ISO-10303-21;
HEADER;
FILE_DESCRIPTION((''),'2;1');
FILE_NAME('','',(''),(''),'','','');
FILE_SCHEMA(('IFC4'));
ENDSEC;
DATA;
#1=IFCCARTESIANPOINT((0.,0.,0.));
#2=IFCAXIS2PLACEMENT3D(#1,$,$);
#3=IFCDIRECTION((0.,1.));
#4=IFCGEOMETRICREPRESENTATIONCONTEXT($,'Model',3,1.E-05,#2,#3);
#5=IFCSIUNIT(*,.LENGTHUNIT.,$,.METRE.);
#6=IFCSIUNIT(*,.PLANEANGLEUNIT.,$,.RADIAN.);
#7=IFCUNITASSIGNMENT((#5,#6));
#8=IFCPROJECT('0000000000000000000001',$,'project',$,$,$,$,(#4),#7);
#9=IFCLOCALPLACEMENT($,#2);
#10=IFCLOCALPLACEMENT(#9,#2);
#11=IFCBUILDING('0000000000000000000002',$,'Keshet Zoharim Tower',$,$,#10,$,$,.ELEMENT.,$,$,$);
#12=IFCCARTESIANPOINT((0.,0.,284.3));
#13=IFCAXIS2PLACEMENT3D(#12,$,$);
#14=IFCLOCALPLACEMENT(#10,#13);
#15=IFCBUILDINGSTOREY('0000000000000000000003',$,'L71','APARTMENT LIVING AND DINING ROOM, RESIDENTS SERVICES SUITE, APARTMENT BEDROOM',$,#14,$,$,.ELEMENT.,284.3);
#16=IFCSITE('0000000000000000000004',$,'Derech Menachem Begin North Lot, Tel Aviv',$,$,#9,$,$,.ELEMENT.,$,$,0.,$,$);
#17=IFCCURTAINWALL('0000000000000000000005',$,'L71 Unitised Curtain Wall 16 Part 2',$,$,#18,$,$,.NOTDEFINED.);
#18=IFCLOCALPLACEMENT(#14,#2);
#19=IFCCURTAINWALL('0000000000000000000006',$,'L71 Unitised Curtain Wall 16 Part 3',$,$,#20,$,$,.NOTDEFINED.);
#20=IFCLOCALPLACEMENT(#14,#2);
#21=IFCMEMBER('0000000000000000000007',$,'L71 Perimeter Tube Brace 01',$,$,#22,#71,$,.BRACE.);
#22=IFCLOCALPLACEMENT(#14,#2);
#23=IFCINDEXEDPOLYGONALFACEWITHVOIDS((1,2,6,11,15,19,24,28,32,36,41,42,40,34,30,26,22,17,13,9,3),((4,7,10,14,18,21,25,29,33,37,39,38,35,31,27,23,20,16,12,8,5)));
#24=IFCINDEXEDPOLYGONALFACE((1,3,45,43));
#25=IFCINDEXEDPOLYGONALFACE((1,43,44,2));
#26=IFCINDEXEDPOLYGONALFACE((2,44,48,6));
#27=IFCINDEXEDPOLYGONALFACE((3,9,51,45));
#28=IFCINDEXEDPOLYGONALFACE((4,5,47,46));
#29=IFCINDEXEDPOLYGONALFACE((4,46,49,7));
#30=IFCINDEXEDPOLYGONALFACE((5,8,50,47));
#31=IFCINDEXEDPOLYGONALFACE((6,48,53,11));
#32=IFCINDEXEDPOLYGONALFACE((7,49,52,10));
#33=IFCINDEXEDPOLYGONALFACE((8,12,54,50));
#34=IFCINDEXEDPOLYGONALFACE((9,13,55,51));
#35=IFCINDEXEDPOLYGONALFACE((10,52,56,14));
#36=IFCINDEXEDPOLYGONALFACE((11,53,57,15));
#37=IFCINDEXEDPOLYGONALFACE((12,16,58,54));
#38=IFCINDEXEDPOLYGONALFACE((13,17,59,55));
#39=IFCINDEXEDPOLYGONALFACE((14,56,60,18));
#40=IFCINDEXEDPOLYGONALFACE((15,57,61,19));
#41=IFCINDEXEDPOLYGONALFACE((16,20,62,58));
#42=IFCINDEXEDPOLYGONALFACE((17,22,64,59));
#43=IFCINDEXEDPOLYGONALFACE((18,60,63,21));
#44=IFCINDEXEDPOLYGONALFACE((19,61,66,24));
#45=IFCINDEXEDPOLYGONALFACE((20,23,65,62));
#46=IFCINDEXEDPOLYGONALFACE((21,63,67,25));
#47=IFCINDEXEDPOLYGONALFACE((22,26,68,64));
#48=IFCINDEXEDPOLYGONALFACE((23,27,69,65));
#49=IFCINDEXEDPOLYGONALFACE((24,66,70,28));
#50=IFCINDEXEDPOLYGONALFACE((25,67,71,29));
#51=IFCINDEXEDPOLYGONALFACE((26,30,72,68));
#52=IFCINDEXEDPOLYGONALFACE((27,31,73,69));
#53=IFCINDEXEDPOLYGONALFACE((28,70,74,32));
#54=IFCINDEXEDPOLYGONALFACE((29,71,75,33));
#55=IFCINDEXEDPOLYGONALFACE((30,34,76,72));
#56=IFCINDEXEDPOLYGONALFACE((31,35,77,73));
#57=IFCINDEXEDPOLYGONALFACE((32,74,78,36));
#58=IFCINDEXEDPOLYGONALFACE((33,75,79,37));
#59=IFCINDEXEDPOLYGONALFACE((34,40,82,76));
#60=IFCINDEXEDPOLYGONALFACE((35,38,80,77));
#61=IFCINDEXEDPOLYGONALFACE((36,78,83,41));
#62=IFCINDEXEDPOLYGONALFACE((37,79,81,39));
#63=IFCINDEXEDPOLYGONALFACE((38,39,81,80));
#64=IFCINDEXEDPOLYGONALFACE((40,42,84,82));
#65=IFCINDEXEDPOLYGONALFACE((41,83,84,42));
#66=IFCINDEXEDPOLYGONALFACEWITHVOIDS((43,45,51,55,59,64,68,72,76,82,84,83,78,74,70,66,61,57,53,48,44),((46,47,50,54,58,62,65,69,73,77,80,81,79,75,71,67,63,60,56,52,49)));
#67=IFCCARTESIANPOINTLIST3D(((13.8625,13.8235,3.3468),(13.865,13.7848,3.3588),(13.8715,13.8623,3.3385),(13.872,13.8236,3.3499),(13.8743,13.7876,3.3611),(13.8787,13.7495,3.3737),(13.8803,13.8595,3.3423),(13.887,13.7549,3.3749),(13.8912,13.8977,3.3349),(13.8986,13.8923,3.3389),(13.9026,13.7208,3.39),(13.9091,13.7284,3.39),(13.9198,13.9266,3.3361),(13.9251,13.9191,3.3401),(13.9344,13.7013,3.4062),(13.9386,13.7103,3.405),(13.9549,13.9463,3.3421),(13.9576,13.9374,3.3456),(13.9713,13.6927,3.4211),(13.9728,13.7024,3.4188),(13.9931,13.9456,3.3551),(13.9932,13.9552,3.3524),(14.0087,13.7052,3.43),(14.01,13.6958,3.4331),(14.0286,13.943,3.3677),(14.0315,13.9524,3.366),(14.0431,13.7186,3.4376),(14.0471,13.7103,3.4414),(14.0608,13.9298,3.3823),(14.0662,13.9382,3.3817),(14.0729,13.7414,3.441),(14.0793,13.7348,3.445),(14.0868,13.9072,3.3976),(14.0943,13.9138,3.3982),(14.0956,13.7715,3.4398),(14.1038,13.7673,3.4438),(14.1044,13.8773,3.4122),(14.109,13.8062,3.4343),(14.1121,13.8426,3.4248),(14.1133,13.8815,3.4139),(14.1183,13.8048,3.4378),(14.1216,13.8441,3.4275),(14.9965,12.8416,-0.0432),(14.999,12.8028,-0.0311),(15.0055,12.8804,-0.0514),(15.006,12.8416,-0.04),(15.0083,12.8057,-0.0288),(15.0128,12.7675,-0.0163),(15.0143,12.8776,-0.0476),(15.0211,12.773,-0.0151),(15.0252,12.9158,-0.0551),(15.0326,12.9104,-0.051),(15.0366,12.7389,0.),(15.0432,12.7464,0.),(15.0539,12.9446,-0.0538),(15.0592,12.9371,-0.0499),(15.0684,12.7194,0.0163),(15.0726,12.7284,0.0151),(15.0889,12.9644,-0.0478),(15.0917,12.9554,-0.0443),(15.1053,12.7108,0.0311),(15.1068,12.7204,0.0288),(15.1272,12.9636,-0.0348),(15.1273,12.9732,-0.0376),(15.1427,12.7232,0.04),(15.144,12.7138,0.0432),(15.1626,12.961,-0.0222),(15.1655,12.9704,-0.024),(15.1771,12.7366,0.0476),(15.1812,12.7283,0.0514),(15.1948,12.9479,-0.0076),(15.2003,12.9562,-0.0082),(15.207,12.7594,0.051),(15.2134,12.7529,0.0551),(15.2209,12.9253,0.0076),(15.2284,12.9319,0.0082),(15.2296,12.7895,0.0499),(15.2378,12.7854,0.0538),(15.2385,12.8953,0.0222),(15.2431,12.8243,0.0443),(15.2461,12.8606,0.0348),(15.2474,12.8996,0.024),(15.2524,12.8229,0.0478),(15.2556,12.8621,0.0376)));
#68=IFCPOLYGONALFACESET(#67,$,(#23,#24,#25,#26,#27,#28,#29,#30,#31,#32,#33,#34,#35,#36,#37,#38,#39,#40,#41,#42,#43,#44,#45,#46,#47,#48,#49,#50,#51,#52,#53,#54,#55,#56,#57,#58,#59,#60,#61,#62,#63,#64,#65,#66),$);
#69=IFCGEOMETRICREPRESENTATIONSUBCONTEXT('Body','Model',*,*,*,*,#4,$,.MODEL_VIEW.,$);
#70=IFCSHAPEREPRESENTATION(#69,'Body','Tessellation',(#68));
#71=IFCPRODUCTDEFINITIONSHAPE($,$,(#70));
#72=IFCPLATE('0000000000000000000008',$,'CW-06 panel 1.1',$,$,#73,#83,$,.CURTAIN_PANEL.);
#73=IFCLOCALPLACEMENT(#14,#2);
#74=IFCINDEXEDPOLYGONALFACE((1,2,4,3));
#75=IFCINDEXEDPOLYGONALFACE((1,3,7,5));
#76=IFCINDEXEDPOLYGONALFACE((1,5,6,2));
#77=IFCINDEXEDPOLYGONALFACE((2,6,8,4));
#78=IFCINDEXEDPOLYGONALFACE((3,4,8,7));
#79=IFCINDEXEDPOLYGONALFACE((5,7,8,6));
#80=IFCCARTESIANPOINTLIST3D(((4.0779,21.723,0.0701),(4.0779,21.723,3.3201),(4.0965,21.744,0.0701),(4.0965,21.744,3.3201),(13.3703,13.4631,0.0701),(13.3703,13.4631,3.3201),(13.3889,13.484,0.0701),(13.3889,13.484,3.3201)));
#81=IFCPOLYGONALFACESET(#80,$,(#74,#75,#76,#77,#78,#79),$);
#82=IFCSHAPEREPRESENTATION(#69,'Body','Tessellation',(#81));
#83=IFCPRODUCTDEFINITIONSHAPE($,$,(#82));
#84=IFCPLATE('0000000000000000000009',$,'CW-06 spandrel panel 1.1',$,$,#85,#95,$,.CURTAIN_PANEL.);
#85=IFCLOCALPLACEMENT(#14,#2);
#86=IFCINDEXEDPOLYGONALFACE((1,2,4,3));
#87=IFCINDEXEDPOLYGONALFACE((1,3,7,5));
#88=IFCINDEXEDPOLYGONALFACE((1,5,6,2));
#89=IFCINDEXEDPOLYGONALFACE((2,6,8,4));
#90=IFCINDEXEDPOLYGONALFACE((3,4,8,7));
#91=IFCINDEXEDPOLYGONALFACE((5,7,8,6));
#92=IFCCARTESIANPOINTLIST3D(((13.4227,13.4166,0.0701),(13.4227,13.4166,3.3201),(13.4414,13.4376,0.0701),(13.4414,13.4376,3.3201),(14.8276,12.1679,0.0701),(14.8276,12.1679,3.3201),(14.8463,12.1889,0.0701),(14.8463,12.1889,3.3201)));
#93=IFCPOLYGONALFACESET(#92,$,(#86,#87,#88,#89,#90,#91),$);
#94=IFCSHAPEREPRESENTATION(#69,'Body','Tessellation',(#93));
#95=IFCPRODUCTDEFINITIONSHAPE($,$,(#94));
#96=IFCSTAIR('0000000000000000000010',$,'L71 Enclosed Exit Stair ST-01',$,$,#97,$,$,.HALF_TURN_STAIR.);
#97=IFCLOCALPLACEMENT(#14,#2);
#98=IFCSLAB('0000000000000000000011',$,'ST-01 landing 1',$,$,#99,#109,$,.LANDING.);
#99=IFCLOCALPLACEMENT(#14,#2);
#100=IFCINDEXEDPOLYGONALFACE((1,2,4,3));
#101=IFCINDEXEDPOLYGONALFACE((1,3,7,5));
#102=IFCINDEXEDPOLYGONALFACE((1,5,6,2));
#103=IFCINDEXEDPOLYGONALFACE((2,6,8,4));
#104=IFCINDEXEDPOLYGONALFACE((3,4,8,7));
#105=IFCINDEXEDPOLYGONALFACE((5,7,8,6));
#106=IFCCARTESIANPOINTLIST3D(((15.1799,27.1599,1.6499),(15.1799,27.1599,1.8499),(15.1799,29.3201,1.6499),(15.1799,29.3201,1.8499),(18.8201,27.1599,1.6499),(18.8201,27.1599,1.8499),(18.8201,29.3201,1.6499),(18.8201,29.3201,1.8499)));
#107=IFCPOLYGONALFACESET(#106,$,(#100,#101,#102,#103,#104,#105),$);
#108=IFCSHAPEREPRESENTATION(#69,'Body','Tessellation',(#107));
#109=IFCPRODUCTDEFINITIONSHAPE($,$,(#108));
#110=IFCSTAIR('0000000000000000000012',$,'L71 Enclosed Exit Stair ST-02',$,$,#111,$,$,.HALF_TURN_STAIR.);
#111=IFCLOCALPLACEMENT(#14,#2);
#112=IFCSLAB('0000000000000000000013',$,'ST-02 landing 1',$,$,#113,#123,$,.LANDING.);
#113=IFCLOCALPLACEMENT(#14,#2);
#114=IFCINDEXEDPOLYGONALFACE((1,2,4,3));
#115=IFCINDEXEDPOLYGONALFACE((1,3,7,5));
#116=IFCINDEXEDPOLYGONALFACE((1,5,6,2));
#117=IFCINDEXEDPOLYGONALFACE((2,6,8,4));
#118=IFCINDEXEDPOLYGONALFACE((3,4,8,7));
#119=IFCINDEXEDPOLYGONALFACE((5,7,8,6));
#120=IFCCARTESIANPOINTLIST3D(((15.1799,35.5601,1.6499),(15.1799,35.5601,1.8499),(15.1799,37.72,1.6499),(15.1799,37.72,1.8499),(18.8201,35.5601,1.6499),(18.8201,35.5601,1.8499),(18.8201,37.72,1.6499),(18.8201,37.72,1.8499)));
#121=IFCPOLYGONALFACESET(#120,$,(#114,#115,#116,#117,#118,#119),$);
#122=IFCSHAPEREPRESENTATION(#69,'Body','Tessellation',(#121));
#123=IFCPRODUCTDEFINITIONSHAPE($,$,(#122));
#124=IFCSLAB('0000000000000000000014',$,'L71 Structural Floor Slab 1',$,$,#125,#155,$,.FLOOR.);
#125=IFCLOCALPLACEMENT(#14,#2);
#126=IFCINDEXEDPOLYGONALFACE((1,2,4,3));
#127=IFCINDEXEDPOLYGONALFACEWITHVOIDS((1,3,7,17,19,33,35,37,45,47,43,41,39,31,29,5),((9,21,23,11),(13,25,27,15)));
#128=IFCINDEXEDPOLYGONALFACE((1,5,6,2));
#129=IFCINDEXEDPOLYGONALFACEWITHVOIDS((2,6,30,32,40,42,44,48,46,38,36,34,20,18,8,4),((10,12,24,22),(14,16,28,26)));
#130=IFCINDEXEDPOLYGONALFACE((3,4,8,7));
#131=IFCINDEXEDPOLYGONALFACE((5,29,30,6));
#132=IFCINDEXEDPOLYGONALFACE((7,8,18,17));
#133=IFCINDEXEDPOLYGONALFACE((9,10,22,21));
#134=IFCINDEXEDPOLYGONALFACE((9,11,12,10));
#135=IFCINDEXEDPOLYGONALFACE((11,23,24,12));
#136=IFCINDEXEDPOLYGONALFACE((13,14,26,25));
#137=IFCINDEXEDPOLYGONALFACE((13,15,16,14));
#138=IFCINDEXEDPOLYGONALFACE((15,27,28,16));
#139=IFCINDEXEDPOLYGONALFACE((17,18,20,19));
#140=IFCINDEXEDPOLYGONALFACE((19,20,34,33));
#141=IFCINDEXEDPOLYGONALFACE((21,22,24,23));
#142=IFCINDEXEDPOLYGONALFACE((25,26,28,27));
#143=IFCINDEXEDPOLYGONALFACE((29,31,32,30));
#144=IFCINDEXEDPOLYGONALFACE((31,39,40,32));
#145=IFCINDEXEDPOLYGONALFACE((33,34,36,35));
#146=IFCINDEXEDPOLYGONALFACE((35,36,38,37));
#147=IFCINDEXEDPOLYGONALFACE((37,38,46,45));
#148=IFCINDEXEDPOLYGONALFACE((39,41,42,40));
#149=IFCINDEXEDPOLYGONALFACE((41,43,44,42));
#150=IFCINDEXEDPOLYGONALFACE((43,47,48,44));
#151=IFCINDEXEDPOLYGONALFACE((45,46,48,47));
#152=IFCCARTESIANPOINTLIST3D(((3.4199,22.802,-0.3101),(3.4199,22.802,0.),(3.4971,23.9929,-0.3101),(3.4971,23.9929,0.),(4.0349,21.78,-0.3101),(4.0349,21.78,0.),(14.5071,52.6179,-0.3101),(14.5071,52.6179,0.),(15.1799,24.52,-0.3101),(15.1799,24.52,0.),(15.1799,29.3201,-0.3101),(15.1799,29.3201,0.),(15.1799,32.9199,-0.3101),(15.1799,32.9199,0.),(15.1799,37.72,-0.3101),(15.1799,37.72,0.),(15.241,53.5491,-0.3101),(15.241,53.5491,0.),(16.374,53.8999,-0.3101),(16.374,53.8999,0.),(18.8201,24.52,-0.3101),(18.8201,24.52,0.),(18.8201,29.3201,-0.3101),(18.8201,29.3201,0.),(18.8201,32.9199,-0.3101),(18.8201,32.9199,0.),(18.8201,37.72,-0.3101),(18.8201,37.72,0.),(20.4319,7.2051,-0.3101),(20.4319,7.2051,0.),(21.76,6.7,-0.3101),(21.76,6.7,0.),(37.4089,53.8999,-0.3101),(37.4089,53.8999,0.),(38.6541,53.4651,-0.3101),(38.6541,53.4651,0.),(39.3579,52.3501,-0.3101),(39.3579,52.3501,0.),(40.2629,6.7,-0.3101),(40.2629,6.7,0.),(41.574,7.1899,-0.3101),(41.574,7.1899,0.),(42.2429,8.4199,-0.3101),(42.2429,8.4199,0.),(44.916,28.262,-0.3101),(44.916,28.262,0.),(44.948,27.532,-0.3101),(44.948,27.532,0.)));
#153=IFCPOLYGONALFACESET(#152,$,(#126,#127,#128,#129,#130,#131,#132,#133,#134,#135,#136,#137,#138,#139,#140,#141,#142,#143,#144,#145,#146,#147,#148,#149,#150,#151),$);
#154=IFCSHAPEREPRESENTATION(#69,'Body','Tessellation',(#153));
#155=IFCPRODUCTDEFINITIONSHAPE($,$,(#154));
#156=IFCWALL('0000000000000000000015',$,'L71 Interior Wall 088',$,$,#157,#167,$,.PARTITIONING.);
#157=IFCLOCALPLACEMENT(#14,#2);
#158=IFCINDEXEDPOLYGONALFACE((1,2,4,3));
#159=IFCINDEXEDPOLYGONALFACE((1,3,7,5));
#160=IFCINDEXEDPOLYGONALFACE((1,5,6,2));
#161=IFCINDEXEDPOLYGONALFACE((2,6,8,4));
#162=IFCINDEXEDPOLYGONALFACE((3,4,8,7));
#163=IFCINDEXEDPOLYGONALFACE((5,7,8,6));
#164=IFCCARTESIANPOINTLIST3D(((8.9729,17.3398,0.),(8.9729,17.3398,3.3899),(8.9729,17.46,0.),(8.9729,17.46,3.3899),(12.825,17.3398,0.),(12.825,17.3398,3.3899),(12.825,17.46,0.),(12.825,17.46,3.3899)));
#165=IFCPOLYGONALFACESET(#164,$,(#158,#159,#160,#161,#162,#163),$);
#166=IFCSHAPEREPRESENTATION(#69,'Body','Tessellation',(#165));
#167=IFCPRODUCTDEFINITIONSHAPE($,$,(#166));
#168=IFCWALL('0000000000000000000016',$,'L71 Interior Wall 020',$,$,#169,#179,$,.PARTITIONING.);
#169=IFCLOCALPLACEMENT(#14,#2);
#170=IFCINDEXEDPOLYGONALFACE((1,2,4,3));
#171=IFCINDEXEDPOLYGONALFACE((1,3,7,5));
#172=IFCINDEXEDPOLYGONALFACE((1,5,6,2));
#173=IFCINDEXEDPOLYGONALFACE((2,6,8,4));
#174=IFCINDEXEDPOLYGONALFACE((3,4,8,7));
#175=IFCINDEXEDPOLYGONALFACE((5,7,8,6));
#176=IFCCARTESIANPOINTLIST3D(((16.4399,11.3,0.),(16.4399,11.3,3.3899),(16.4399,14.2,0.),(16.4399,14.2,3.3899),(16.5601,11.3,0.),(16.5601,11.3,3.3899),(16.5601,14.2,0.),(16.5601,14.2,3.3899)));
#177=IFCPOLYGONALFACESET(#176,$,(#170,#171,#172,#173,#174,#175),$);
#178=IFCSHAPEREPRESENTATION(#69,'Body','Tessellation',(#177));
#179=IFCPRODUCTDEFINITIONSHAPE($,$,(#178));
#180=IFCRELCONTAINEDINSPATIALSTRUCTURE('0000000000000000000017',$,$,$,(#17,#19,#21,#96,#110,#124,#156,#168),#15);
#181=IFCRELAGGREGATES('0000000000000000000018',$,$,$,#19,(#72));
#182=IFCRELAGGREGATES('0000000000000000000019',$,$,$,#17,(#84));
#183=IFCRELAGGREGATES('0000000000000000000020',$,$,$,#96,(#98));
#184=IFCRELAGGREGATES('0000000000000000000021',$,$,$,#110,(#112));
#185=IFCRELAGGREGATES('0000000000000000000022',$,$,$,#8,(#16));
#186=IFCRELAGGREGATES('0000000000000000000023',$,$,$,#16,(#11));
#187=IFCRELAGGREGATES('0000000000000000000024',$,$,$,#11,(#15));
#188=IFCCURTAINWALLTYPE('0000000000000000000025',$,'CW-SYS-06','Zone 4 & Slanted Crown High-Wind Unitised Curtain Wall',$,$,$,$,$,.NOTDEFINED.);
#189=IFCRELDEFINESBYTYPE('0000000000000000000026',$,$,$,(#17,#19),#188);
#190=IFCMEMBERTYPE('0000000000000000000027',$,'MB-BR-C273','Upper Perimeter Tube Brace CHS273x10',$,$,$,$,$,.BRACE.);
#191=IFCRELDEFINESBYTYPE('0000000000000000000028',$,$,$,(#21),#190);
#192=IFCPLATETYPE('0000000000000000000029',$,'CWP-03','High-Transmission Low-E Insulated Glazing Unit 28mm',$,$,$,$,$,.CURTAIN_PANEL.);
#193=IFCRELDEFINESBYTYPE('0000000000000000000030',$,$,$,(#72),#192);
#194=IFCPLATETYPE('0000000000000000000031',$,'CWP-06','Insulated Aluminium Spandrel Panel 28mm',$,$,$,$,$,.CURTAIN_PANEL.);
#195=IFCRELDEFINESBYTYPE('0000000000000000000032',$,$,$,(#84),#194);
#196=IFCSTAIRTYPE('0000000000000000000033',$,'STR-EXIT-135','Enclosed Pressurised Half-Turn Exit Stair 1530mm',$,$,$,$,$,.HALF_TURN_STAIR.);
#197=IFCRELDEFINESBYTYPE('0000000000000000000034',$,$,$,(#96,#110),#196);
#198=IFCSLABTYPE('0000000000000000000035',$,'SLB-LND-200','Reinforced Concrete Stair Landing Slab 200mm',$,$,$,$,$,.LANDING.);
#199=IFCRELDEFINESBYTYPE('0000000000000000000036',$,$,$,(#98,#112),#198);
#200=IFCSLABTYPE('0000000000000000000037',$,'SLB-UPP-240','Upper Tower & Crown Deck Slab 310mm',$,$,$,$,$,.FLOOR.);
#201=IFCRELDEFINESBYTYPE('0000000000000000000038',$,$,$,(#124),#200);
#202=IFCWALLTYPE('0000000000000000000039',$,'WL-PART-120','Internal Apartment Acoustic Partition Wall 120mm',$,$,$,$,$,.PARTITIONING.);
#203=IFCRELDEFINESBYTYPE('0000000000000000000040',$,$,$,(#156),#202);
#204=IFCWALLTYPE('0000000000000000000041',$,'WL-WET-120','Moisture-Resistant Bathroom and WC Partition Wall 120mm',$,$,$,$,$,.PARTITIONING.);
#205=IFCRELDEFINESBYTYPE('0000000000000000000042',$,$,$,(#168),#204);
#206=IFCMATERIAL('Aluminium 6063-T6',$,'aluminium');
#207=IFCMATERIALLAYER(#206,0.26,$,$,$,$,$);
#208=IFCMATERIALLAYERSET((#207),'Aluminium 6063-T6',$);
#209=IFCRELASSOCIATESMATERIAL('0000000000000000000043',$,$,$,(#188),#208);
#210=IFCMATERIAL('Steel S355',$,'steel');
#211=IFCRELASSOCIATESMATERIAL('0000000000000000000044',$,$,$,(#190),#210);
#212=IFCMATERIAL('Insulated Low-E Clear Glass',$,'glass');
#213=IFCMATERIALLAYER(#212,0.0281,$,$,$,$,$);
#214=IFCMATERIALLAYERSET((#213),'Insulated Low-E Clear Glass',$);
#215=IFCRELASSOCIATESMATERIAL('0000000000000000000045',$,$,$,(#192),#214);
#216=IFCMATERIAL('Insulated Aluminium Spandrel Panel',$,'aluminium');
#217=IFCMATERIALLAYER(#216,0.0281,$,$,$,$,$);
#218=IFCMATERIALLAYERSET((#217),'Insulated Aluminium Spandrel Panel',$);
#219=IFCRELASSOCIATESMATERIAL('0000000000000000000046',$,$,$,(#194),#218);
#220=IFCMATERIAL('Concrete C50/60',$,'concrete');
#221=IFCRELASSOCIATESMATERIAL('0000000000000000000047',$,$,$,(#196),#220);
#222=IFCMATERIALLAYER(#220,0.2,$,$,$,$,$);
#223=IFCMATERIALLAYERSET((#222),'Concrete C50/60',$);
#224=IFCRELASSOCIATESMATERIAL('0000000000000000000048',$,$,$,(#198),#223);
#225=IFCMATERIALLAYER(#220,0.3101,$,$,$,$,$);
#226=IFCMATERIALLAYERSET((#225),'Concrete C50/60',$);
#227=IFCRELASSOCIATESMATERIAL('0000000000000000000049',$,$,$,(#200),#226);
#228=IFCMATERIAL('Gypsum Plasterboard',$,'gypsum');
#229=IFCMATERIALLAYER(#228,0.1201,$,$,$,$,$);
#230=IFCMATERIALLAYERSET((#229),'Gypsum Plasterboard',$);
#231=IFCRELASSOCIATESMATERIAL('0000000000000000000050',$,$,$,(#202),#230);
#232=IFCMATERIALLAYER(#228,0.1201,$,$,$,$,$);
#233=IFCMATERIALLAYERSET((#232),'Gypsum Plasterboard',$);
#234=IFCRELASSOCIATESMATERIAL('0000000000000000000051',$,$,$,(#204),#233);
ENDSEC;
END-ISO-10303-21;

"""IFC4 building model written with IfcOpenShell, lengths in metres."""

from ifc_helpers import new_model, si_unit, direction, frame, frame_2d, origin, origin_2d, place, context, subcontext, project, spatial, polyline, rectangle, hollow_circle, outline, extrude, material, layer, layer_set, material_profile, profile_set, type_object, element, aggregate, save


model = new_model("IFC4")

# Units and contexts
model_context = context("Model", 3, precision=1e-05, world=origin(), true_north=direction((0.0, 1.0)))
body_context = subcontext(model_context, "Body", "Model", "MODEL_VIEW")
ifc_project = project(units=[si_unit("LENGTHUNIT", "METRE"), si_unit("PLANEANGLEUNIT", "RADIAN")], contexts=[model_context])

# Site, building, storey
site_placement = place(None, origin())
site = spatial("IfcSite", under=ifc_project, at=site_placement, Name="Derech Menachem Begin North Lot, Tel Aviv", CompositionType="ELEMENT", RefElevation=0.0)
building_placement = place(site_placement, origin())
building = spatial("IfcBuilding", under=site, at=building_placement, Name="Keshet Zoharim Tower", CompositionType="ELEMENT")
storey_placement = place(building_placement, frame((0.0, 0.0, 284.3)))
storey = spatial("IfcBuildingStorey", under=building, at=storey_placement, Name="L71", Description="APARTMENT LIVING AND DINING ROOM, RESIDENTS SERVICES SUITE, APARTMENT BEDROOM", CompositionType="ELEMENT", Elevation=284.3)

# Shared definitions
ifc_material_1 = material(Name="Steel S355", Category="steel")

# Shared definitions
ifc_material_2 = material(Name="Aluminium 6063-T6", Category="aluminium")
ifc_layer_1 = layer(ifc_material_2, 0.26)
ifc_layer_set_1 = layer_set([ifc_layer_1], Name="Aluminium 6063-T6")
curtain_wall_type = type_object("IfcCurtainWallType", Name="CW-SYS-06", Description="Zone 4 & Slanted Crown High-Wind Unitised Curtain Wall", PredefinedType="NOTDEFINED", material=ifc_layer_set_1)

# Curtain walls
curtain_wall_1_placement = place(storey_placement, origin())
curtain_wall_1 = element("IfcCurtainWall", 1, at=curtain_wall_1_placement, inside=storey, type_object=curtain_wall_type, Name="L71 Unitised Curtain Wall 16 Part 2", PredefinedType="NOTDEFINED")
curtain_wall_2_placement = place(storey_placement, origin())
curtain_wall_2 = element("IfcCurtainWall", 2, at=curtain_wall_2_placement, inside=storey, type_object=curtain_wall_type, Name="L71 Unitised Curtain Wall 16 Part 3", PredefinedType="NOTDEFINED")

# Member
ifc_material_profile_1 = material_profile(ifc_material_1, hollow_circle(Radius=0.1365, WallThickness=0.01, at=origin_2d()), Name="CHS273x10")
ifc_profile_set_1 = profile_set([ifc_material_profile_1], Name="Steel S355")
member_type_1 = type_object("IfcMemberType", Name="MB-BR-C273", Description="Upper Perimeter Tube Brace CHS273x10", PredefinedType="BRACE", material=ifc_profile_set_1)
member_1_placement = place(storey_placement, frame((15.126, 12.842, 0.0), z_axis=(-0.30592, 0.264889, 0.914466), x_axis=(-0.65459, -0.755984, 0.0)))
element("IfcMember", 3, at=member_1_placement, inside=storey, type_object=member_type_1, Name="L71 Perimeter Tube Brace 01", PredefinedType="BRACE", context=body_context, shape_type="SweptSolid", body=[
    extrude(hollow_circle(Radius=0.1365, WallThickness=0.01, at=origin_2d()), origin(), (0.0, 0.0, 1.0), 3.707),
])

# Plates
ifc_material_3 = material(Name="Insulated Low-E Clear Glass", Category="glass")
ifc_layer_2 = layer(ifc_material_3, 0.0281)
ifc_layer_set_2 = layer_set([ifc_layer_2], Name="Insulated Low-E Clear Glass")
plate_type_1 = type_object("IfcPlateType", Name="CWP-03", Description="High-Transmission Low-E Insulated Glazing Unit 28mm", PredefinedType="CURTAIN_PANEL", material=ifc_layer_set_2)
plate_1_placement = place(storey_placement, frame((8.7334, 17.6035, 0.0701), z_axis=(0.0, 0.0, 1.0), x_axis=(-0.747409, 0.664364, 0.0)))
plate_1 = element("IfcPlate", 4, at=plate_1_placement, type_object=plate_type_1, Name="CW-06 panel 1.1", PredefinedType="CURTAIN_PANEL", context=body_context, shape_type="SweptSolid", body=[
    extrude(rectangle(XDim=12.4329, YDim=0.0281, at=origin_2d()), origin(), (0.0, 0.0, 1.0), 3.25),
])
aggregate(curtain_wall_2, [plate_1])
ifc_material_4 = material(Name="Insulated Aluminium Spandrel Panel", Category="aluminium")
ifc_layer_3 = layer(ifc_material_4, 0.0281)
ifc_layer_set_3 = layer_set([ifc_layer_3], Name="Insulated Aluminium Spandrel Panel")
plate_type_2 = type_object("IfcPlateType", Name="CWP-06", Description="Insulated Aluminium Spandrel Panel 28mm", PredefinedType="CURTAIN_PANEL", material=ifc_layer_set_3)
plate_2_placement = place(storey_placement, frame((14.1345, 12.8027, 0.0701), z_axis=(0.0, 0.0, 1.0), x_axis=(-0.747432, 0.664338, 0.0)))
plate_2 = element("IfcPlate", 5, at=plate_2_placement, type_object=plate_type_2, Name="CW-06 spandrel panel 1.1", PredefinedType="CURTAIN_PANEL", context=body_context, shape_type="SweptSolid", body=[
    extrude(rectangle(XDim=1.8796, YDim=0.0281, at=origin_2d()), origin(), (0.0, 0.0, 1.0), 3.25),
])
aggregate(curtain_wall_1, [plate_2])

# Stairs, slabs
ifc_material_5 = material(Name="Concrete C50/60", Category="concrete")
stair_type = type_object("IfcStairType", Name="STR-EXIT-135", Description="Enclosed Pressurised Half-Turn Exit Stair 1530mm", PredefinedType="HALF_TURN_STAIR", material=ifc_material_5)
stair_1_placement = place(storey_placement, origin())
stair_1 = element("IfcStair", 6, at=stair_1_placement, inside=storey, type_object=stair_type, Name="L71 Enclosed Exit Stair ST-01", PredefinedType="HALF_TURN_STAIR")
ifc_layer_4 = layer(ifc_material_5, 0.2)
ifc_layer_set_4 = layer_set([ifc_layer_4], Name="Concrete C50/60")
slab_type_1 = type_object("IfcSlabType", Name="SLB-LND-200", Description="Reinforced Concrete Stair Landing Slab 200mm", PredefinedType="LANDING", material=ifc_layer_set_4)
slab_1_placement = place(storey_placement, frame((0.0, 0.0, 1.6499)))
slab_1 = element("IfcSlab", 7, at=slab_1_placement, type_object=slab_type_1, Name="ST-01 landing 1", PredefinedType="LANDING", context=body_context, shape_type="SweptSolid", body=[
    extrude(outline(polyline([(15.1799, 27.1599), (18.8201, 27.1599), (18.8201, 29.3201), (15.1799, 29.3201), (15.1799, 27.1599)])), origin(), (0.0, 0.0, 1.0), 0.2),
])
aggregate(stair_1, [slab_1])
stair_2_placement = place(storey_placement, origin())
stair_2 = element("IfcStair", 8, at=stair_2_placement, inside=storey, type_object=stair_type, Name="L71 Enclosed Exit Stair ST-02", PredefinedType="HALF_TURN_STAIR")
slab_2_placement = place(storey_placement, frame((0.0, 0.0, 1.6499)))
slab_2 = element("IfcSlab", 9, at=slab_2_placement, type_object=slab_type_1, Name="ST-02 landing 1", PredefinedType="LANDING", context=body_context, shape_type="SweptSolid", body=[
    extrude(outline(polyline([(15.1799, 35.5601), (18.8201, 35.5601), (18.8201, 37.72), (15.1799, 37.72), (15.1799, 35.5601)])), origin(), (0.0, 0.0, 1.0), 0.2),
])
aggregate(stair_2, [slab_2])

# Slab
ifc_layer_5 = layer(ifc_material_5, 0.3101)
ifc_layer_set_5 = layer_set([ifc_layer_5], Name="Concrete C50/60")
slab_type_2 = type_object("IfcSlabType", Name="SLB-UPP-240", Description="Upper Tower & Crown Deck Slab 310mm", PredefinedType="FLOOR", material=ifc_layer_set_5)
slab_3_placement = place(storey_placement, frame((0.0, 0.0, -0.3101)))
element("IfcSlab", 10, at=slab_3_placement, inside=storey, type_object=slab_type_2, Name="L71 Structural Floor Slab 1", PredefinedType="FLOOR", context=body_context, shape_type="SweptSolid", body=[
    extrude(outline(polyline([(4.0349, 21.78), (3.4199, 22.802), (3.4971, 23.9929), (14.5071, 52.6179), (15.241, 53.5491), (16.374, 53.8999), (37.4089, 53.8999), (38.6541, 53.4651), (39.3579, 52.3501), (44.916, 28.262), (44.948, 27.532), (42.2429, 8.4199), (41.574, 7.1899), (40.2629, 6.7), (21.76, 6.7), (20.4319, 7.2051), (4.0349, 21.78)]), holes=[polyline([(15.1799, 24.52), (18.8201, 24.52), (18.8201, 29.3201), (15.1799, 29.3201), (15.1799, 24.52)]), polyline([(15.1799, 32.9199), (18.8201, 32.9199), (18.8201, 37.72), (15.1799, 37.72), (15.1799, 32.9199)])]), origin(), (0.0, 0.0, 1.0), 0.3101),
])

# Shared definitions
ifc_material_6 = material(Name="Gypsum Plasterboard", Category="gypsum")
ifc_layer_6 = layer(ifc_material_6, 0.1201)
ifc_layer_set_6 = layer_set([ifc_layer_6], Name="Gypsum Plasterboard")
wall_type_1 = type_object("IfcWallType", Name="WL-PART-120", Description="Internal Apartment Acoustic Partition Wall 120mm", PredefinedType="PARTITIONING", material=ifc_layer_set_6)

# Walls
wall_1_placement = place(storey_placement, frame((8.9729, 17.3999, 0.0), z_axis=(0.0, 0.0, 1.0), x_axis=(1.0, 0.0, 0.0)))
element("IfcWall", 11, at=wall_1_placement, inside=storey, type_object=wall_type_1, Name="L71 Interior Wall 088", PredefinedType="PARTITIONING", context=body_context, shape_type="SweptSolid", body=[
    extrude(rectangle(XDim=3.8521, YDim=0.1201, at=frame_2d((1.926, 0.0))), origin(), (0.0, 0.0, 1.0), 3.3899),
])
ifc_layer_7 = layer(ifc_material_6, 0.1201)
ifc_layer_set_7 = layer_set([ifc_layer_7], Name="Gypsum Plasterboard")
wall_type_2 = type_object("IfcWallType", Name="WL-WET-120", Description="Moisture-Resistant Bathroom and WC Partition Wall 120mm", PredefinedType="PARTITIONING", material=ifc_layer_set_7)
wall_2_placement = place(storey_placement, frame((16.5, 11.3, 0.0), z_axis=(0.0, 0.0, 1.0), x_axis=(0.0, 1.0, 0.0)))
element("IfcWall", 12, at=wall_2_placement, inside=storey, type_object=wall_type_2, Name="L71 Interior Wall 020", PredefinedType="PARTITIONING", context=body_context, shape_type="SweptSolid", body=[
    extrude(rectangle(XDim=2.8999, YDim=0.1201, at=frame_2d((1.45, 0.0))), origin(), (0.0, 0.0, 1.0), 3.3899),
])

save(model, "model.ifc")
